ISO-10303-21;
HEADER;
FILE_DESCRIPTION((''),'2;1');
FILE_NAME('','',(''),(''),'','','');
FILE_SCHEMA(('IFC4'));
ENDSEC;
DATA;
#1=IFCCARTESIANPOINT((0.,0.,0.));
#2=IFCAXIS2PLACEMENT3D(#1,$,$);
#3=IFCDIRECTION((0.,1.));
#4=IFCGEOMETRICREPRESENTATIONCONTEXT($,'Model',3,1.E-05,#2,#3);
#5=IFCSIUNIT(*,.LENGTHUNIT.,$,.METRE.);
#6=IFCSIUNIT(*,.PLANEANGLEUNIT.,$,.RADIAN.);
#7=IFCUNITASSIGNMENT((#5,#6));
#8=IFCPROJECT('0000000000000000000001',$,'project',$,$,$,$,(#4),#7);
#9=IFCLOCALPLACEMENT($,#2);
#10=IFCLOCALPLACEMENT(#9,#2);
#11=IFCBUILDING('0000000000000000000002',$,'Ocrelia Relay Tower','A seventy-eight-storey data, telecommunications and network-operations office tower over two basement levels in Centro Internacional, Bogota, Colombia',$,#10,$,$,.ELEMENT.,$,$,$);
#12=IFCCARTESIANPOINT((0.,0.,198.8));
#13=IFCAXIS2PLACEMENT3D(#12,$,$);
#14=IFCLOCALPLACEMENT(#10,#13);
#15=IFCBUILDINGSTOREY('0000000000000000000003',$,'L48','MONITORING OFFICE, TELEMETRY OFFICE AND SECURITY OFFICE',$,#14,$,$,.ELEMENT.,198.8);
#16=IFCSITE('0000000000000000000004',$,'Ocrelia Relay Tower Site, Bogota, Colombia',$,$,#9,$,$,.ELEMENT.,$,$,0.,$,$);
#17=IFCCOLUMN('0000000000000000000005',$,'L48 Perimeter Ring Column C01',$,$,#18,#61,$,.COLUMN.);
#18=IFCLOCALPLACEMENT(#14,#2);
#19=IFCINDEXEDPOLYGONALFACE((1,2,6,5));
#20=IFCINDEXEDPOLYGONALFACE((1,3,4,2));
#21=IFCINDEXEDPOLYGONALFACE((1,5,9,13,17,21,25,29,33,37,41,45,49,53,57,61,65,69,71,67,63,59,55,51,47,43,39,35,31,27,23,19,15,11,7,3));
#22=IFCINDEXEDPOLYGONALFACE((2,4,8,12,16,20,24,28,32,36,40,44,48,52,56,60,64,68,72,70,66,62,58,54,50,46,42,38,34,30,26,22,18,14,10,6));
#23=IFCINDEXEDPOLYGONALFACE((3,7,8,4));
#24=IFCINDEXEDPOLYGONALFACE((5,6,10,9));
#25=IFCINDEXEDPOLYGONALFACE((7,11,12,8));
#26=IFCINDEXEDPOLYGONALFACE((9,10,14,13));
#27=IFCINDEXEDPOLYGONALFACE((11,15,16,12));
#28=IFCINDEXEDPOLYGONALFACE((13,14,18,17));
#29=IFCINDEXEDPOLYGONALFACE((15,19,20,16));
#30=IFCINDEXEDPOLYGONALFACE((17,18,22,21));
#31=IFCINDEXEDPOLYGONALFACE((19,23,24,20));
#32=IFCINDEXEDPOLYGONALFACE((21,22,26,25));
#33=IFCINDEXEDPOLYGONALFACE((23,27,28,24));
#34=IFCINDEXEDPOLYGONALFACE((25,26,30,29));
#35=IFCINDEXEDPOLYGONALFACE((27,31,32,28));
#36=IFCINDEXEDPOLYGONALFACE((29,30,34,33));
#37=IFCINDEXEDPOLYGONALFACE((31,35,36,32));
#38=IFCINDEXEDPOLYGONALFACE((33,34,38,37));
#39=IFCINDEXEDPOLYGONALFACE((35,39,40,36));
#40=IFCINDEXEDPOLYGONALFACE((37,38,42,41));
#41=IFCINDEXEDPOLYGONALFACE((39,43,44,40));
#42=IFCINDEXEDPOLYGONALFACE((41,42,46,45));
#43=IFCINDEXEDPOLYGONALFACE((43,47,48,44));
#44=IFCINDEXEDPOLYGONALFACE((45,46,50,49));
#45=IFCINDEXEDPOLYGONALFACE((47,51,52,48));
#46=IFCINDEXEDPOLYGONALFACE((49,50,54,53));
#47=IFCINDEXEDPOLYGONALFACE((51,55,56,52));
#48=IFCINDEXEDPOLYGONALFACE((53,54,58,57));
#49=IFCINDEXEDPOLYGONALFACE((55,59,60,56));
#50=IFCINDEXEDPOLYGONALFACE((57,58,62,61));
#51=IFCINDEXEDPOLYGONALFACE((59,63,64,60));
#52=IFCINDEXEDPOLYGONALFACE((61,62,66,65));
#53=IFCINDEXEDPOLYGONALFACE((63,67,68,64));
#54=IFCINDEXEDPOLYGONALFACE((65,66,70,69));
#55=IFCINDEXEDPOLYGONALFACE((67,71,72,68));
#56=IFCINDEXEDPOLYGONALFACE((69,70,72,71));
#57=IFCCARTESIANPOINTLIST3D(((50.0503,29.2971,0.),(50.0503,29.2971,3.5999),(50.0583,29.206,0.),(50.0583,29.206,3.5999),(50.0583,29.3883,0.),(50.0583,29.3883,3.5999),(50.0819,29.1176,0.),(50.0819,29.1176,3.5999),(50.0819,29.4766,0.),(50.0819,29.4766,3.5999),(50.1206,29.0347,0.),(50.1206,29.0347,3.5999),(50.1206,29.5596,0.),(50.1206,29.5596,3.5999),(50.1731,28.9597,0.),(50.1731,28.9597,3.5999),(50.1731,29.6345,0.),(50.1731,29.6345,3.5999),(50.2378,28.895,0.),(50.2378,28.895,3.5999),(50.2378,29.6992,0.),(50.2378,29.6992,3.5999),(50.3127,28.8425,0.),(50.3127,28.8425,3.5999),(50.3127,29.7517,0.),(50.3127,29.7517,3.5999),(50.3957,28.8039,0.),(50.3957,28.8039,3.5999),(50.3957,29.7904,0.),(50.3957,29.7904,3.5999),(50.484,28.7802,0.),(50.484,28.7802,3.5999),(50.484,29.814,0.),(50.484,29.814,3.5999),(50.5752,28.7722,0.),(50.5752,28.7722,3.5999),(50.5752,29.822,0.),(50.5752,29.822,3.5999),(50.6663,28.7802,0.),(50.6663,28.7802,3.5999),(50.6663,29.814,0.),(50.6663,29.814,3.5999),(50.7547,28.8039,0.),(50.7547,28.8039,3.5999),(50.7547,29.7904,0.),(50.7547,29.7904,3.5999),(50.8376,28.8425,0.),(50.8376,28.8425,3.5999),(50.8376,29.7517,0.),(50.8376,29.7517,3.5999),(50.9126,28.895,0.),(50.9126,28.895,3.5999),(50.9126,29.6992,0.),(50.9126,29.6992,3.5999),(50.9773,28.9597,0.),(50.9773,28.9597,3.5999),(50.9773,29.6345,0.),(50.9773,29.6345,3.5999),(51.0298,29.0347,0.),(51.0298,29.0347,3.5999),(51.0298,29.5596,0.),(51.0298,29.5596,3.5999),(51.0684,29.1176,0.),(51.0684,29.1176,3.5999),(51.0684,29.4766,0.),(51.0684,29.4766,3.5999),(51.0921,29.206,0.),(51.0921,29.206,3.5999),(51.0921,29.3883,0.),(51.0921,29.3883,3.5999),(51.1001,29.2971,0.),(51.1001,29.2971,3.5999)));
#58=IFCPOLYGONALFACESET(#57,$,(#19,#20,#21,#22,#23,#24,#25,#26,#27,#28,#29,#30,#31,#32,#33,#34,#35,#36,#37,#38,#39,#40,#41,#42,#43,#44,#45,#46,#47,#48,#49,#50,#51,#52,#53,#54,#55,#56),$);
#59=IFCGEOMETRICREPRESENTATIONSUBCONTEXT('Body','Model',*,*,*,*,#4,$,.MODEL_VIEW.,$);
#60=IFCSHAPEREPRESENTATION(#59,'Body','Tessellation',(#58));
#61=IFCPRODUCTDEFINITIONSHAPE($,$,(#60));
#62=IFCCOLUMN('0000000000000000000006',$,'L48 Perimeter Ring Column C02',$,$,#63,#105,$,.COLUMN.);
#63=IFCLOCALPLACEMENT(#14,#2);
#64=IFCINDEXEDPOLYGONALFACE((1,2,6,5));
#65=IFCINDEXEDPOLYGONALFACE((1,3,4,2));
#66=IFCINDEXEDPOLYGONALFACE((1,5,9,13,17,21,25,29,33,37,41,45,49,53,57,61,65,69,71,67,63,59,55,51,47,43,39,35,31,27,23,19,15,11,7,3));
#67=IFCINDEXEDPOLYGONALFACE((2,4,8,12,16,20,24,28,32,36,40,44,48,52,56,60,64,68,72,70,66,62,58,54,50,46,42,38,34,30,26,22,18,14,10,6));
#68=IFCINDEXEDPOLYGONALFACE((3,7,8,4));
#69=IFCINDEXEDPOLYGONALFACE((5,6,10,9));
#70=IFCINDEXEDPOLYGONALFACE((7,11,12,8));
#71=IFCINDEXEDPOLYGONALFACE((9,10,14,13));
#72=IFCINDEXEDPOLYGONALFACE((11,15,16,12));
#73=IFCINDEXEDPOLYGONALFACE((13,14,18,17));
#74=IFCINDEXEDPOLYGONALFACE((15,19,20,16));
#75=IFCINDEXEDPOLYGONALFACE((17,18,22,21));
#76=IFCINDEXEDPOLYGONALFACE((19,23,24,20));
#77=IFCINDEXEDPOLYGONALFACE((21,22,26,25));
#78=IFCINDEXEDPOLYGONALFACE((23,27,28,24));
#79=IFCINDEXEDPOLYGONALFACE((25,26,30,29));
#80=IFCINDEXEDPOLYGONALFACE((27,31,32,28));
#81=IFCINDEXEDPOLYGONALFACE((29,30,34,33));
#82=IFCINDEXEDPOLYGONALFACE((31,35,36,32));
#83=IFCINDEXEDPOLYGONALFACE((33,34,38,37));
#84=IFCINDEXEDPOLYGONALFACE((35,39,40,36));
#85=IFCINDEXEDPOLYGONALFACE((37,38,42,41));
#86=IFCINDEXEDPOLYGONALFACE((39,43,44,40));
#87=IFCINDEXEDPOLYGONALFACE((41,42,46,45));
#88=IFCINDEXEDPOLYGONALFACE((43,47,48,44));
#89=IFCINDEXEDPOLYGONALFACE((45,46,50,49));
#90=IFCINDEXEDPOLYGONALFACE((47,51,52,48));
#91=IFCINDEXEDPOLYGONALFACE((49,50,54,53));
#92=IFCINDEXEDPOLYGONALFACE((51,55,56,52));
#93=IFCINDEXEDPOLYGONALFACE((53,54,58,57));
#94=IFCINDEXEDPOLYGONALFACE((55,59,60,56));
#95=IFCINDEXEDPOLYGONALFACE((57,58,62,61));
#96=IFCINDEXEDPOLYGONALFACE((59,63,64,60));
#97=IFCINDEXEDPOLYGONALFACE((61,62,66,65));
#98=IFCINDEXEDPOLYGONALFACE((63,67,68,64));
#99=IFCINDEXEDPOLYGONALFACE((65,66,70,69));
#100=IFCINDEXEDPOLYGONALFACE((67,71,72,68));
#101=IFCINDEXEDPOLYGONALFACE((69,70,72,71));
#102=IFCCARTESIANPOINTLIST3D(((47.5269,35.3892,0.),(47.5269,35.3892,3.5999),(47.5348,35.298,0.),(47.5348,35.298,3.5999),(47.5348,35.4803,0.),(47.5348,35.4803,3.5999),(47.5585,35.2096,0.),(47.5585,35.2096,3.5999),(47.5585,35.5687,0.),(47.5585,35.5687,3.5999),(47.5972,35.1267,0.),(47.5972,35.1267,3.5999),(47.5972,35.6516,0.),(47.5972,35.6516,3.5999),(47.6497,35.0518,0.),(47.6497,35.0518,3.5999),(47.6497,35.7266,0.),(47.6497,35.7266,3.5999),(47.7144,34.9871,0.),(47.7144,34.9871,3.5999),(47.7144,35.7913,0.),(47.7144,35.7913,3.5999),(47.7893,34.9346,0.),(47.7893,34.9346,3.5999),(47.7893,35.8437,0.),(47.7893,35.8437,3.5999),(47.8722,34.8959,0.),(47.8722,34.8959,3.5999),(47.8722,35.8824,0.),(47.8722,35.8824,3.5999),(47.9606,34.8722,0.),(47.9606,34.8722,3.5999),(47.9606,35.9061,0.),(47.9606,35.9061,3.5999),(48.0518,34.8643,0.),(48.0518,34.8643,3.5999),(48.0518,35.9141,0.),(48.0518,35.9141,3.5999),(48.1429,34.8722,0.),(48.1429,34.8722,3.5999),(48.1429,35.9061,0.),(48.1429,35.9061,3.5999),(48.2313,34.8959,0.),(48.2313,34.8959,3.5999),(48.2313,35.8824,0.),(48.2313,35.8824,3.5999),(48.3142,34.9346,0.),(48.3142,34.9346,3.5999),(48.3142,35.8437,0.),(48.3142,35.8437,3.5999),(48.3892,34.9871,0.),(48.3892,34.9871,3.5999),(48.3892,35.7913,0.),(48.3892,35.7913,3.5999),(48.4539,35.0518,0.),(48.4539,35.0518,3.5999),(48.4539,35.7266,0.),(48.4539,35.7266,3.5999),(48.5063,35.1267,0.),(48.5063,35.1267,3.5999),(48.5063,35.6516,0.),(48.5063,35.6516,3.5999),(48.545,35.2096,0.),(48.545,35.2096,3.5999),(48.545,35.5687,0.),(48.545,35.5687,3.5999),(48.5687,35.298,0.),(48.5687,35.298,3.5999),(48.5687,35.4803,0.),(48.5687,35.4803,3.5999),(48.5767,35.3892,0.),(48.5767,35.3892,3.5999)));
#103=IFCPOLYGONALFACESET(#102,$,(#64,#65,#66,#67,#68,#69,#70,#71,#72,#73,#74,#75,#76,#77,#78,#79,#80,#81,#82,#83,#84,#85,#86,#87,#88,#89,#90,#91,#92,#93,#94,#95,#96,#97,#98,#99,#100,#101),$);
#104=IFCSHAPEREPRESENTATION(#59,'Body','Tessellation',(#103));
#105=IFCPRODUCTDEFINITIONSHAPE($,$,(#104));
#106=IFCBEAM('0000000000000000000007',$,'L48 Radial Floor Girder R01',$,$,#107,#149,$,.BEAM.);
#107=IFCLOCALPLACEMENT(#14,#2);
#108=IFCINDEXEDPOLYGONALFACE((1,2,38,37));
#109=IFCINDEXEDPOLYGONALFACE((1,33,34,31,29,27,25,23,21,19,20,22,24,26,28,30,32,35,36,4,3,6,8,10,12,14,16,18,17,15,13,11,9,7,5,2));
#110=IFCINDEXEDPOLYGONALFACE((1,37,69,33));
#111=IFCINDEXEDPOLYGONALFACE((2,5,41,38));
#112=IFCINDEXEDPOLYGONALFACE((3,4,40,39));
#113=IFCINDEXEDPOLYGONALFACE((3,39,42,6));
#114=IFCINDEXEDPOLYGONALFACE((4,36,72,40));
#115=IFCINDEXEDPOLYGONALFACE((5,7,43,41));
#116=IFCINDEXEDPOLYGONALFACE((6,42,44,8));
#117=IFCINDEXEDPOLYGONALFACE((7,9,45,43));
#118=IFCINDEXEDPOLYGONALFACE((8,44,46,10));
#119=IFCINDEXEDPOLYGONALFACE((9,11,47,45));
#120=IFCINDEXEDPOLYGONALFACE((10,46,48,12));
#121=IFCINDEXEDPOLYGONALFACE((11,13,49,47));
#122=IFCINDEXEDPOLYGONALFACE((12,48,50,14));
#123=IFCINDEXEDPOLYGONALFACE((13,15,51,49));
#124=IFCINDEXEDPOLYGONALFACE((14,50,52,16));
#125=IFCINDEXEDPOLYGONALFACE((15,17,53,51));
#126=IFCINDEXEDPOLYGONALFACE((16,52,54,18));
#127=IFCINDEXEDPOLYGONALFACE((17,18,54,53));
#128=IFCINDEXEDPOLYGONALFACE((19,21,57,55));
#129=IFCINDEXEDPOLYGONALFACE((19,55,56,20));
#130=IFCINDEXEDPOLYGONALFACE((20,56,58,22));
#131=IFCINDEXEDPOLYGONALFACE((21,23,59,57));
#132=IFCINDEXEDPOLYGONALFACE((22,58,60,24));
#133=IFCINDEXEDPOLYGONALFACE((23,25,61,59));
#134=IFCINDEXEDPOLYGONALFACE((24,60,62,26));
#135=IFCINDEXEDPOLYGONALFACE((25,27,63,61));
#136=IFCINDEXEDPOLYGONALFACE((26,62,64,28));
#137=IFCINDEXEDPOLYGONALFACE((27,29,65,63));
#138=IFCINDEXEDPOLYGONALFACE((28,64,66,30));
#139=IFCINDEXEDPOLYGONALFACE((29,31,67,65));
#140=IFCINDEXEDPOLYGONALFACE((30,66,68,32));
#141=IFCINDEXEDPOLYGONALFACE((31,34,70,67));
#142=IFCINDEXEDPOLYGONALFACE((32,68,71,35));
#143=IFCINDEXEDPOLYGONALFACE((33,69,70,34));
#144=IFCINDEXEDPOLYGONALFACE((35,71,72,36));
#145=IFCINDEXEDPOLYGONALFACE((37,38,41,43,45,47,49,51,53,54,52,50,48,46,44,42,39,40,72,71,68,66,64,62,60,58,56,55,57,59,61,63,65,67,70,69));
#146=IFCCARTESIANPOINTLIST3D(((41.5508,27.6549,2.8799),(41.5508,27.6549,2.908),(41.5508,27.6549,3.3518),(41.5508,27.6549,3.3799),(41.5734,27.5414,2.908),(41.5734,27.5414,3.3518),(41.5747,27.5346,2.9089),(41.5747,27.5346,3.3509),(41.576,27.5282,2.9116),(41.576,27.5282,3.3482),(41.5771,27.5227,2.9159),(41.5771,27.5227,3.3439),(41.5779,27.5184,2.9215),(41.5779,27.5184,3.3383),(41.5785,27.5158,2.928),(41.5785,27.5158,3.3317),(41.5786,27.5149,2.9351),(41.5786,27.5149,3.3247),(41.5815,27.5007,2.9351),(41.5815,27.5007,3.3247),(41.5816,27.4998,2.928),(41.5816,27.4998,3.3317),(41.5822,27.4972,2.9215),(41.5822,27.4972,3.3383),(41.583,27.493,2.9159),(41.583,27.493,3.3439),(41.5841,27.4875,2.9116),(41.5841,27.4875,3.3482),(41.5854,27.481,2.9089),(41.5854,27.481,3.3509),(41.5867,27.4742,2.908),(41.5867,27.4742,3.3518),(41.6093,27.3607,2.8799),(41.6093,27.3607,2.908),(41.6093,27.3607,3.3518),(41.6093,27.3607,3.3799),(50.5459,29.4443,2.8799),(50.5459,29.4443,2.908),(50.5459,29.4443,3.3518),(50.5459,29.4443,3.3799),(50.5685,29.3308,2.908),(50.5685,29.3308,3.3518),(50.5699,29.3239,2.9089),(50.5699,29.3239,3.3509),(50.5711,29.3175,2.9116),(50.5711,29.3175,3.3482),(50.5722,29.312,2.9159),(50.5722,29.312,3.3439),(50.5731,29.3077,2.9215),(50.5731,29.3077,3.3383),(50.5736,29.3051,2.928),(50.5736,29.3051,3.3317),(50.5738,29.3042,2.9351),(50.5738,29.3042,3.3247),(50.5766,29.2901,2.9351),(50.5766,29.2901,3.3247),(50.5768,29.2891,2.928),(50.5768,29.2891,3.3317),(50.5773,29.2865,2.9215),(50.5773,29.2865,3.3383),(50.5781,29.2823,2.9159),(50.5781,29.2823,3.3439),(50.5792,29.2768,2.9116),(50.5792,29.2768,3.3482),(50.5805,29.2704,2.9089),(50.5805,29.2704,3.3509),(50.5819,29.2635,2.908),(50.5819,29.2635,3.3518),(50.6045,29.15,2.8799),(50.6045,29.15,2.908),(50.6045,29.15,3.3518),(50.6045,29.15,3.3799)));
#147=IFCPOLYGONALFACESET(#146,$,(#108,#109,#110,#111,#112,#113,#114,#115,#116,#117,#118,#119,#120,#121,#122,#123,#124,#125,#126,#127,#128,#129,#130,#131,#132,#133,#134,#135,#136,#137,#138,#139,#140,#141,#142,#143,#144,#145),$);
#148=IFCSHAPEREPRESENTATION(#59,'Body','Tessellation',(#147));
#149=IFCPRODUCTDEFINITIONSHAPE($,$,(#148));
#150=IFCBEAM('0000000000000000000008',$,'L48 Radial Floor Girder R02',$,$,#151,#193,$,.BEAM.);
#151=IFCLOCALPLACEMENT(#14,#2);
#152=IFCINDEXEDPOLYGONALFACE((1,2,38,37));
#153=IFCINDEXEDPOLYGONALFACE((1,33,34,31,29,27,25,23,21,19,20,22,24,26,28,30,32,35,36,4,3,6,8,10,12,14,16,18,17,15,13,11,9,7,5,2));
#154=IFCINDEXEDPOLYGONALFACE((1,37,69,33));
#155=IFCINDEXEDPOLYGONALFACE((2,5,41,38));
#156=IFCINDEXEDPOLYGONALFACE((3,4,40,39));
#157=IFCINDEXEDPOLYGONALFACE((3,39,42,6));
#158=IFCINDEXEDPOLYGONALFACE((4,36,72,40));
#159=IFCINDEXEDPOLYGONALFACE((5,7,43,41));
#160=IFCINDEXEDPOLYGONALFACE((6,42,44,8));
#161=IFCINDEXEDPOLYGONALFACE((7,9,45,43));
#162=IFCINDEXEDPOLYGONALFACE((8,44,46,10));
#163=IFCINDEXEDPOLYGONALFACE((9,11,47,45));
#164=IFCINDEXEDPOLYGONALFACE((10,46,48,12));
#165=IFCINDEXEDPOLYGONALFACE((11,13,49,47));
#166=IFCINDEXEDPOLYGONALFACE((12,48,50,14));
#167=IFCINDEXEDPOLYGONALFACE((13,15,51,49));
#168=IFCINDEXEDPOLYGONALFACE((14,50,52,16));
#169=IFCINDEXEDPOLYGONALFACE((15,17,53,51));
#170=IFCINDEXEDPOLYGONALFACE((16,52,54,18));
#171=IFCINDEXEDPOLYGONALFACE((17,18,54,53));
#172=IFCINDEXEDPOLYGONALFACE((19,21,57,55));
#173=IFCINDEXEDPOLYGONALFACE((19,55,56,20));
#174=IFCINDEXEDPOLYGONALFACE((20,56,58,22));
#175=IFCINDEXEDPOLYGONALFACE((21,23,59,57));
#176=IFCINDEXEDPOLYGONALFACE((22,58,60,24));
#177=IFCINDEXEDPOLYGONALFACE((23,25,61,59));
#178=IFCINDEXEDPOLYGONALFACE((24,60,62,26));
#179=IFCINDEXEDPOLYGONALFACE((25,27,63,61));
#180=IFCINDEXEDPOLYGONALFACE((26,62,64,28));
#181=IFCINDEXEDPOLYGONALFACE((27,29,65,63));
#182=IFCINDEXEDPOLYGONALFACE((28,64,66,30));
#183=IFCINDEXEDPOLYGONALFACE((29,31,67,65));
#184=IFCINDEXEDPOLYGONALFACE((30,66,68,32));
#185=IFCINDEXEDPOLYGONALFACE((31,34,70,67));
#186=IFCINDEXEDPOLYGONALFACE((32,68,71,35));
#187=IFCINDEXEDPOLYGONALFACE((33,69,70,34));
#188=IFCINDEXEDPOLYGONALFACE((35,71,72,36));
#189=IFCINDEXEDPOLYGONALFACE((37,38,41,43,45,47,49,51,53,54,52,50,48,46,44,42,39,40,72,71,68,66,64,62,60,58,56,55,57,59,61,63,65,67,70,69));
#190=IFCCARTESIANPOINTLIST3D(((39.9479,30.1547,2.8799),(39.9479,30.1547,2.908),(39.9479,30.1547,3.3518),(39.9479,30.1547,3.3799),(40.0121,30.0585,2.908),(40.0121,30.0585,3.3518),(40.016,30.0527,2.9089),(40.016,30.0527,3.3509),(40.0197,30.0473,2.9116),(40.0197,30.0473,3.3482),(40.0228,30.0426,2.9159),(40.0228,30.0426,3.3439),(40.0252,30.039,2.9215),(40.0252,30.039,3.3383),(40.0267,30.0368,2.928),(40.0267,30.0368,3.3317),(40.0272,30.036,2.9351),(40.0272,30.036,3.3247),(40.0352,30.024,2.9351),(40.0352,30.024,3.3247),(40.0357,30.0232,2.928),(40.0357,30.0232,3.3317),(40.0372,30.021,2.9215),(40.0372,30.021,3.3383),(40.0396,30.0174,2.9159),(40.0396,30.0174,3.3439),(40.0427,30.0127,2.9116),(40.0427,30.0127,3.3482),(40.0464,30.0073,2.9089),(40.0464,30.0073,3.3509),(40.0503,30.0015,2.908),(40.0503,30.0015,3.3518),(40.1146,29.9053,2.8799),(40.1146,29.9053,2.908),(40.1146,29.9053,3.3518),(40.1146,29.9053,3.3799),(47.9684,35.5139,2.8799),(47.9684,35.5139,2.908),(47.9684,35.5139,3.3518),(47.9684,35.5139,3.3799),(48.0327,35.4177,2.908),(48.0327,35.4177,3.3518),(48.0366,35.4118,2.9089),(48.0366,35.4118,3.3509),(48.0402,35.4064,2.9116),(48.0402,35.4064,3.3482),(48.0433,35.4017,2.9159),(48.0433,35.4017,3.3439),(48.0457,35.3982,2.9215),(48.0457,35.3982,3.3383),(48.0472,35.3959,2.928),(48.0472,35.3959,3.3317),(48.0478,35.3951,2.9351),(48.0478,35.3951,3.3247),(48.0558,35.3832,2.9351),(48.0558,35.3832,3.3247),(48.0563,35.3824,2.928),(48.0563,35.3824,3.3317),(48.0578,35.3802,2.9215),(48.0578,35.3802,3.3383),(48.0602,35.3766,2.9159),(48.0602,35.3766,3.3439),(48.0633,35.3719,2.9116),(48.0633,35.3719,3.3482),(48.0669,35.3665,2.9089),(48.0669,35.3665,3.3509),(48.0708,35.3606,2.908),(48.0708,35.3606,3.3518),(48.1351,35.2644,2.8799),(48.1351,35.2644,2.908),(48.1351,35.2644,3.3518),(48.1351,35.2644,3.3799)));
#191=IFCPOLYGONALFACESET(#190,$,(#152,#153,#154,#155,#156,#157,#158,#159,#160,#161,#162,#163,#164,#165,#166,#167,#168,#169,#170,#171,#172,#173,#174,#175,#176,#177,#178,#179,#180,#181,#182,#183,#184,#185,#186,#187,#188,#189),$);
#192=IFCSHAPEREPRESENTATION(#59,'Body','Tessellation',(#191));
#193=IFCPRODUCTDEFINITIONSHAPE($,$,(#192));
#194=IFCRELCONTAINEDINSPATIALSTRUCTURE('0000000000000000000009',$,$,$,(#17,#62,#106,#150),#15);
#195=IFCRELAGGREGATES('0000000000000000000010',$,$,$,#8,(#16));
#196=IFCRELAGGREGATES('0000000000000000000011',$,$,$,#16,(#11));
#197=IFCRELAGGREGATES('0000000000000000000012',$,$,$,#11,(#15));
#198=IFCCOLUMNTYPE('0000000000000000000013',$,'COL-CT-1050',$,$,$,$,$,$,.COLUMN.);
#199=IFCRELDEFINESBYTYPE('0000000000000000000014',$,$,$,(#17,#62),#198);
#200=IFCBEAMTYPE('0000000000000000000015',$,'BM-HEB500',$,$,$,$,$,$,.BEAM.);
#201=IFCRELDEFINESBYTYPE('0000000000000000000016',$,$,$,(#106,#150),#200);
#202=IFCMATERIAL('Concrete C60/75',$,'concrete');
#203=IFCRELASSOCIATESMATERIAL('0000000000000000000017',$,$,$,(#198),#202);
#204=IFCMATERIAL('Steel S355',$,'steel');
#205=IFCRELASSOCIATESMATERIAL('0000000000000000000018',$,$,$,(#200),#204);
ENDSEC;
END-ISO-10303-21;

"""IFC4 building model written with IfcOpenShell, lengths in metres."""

from ifc_helpers import new_model, si_unit, direction, frame, origin, origin_2d, place, context, subcontext, project, spatial, circle, i_section, extrude, material, material_profile, profile_set, type_object, element, save


model = new_model("IFC4")

# Units and contexts
model_context = context("Model", 3, precision=1e-05, world=origin(), true_north=direction((0.0, 1.0)))
body_context = subcontext(model_context, "Body", "Model", "MODEL_VIEW")
ifc_project = project(units=[si_unit("LENGTHUNIT", "METRE"), si_unit("PLANEANGLEUNIT", "RADIAN")], contexts=[model_context])

# Site, building, storey
site_placement = place(None, origin())
site = spatial("IfcSite", under=ifc_project, at=site_placement, Name="Ocrelia Relay Tower Site, Bogota, Colombia", CompositionType="ELEMENT", RefElevation=0.0)
building_placement = place(site_placement, origin())
building = spatial("IfcBuilding", under=site, at=building_placement, Name="Ocrelia Relay Tower", Description="A seventy-eight-storey data, telecommunications and network-operations office tower over two basement levels in Centro Internacional, Bogota, Colombia", CompositionType="ELEMENT")
storey_placement = place(building_placement, frame((0.0, 0.0, 198.8)))
storey = spatial("IfcBuildingStorey", under=building, at=storey_placement, Name="L48", Description="MONITORING OFFICE, TELEMETRY OFFICE AND SECURITY OFFICE", CompositionType="ELEMENT", Elevation=198.8)

# Columns
ifc_material_1 = material(Name="Concrete C60/75", Category="concrete")
ifc_material_profile_1 = material_profile(ifc_material_1, circle(Radius=0.5249, at=origin_2d()), Name="RC-CIR-1050")
ifc_profile_set_1 = profile_set([ifc_material_profile_1], Name="Concrete C60/75")
column_type = type_object("IfcColumnType", Name="COL-CT-1050", PredefinedType="COLUMN", material=ifc_profile_set_1)
for number, where, z_axis, x_axis, name in (
    (1, (50.5752, 29.2971, 0.0), (0.0, 0.0, 1.0), (1.0, 0.0, 0.0), "L48 Perimeter Ring Column C01"),
    (2, (48.0518, 35.3892, 0.0), (0.0, 0.0, 1.0), (1.0, 0.0, 0.0), "L48 Perimeter Ring Column C02"),
):
    element("IfcColumn", number, at=place(storey_placement, frame(where, z_axis=z_axis, x_axis=x_axis)), inside=storey, type_object=column_type, Name=name, PredefinedType="COLUMN", context=body_context, shape_type="SweptSolid", body=[
        extrude(circle(Radius=0.5249, at=origin_2d()), origin(), (0.0, 0.0, 1.0), 3.5999),
    ])

# Beams
ifc_material_2 = material(Name="Steel S355", Category="steel")
ifc_material_profile_2 = material_profile(ifc_material_2, i_section(OverallWidth=0.3, OverallDepth=0.5, WebThickness=0.0144, FlangeThickness=0.0281, FilletRadius=0.0271, at=origin_2d()), Name="HEB 500")
ifc_profile_set_2 = profile_set([ifc_material_profile_2], Name="Steel S355")
beam_type_1 = type_object("IfcBeamType", Name="BM-HEB500", PredefinedType="BEAM", material=ifc_profile_set_2)
beam_1_placement = place(storey_placement, frame((50.5752, 29.2971, 3.1299), z_axis=(-0.980784, -0.195097, 0.0), x_axis=(0.195097, -0.980784, 0.0)))
element("IfcBeam", 3, at=beam_1_placement, inside=storey, type_object=beam_type_1, Name="L48 Radial Floor Girder R01", PredefinedType="BEAM", context=body_context, shape_type="SweptSolid", body=[
    extrude(i_section(OverallWidth=0.3, OverallDepth=0.5, WebThickness=0.0144, FlangeThickness=0.0281, FilletRadius=0.0271, at=origin_2d()), origin(), (0.0, 0.0, 1.0), 9.1714),
])
beam_2_placement = place(storey_placement, frame((48.0518, 35.3892, 3.1299), z_axis=(-0.83147, -0.55557, 0.0), x_axis=(0.55557, -0.83147, 0.0)))
element("IfcBeam", 4, at=beam_2_placement, inside=storey, type_object=beam_type_1, Name="L48 Radial Floor Girder R02", PredefinedType="BEAM", context=body_context, shape_type="SweptSolid", body=[
    extrude(i_section(OverallWidth=0.3, OverallDepth=0.5, WebThickness=0.0144, FlangeThickness=0.0281, FilletRadius=0.0271, at=origin_2d()), origin(), (0.0, 0.0, 1.0), 9.6462),
])

save(model, "model.ifc")
